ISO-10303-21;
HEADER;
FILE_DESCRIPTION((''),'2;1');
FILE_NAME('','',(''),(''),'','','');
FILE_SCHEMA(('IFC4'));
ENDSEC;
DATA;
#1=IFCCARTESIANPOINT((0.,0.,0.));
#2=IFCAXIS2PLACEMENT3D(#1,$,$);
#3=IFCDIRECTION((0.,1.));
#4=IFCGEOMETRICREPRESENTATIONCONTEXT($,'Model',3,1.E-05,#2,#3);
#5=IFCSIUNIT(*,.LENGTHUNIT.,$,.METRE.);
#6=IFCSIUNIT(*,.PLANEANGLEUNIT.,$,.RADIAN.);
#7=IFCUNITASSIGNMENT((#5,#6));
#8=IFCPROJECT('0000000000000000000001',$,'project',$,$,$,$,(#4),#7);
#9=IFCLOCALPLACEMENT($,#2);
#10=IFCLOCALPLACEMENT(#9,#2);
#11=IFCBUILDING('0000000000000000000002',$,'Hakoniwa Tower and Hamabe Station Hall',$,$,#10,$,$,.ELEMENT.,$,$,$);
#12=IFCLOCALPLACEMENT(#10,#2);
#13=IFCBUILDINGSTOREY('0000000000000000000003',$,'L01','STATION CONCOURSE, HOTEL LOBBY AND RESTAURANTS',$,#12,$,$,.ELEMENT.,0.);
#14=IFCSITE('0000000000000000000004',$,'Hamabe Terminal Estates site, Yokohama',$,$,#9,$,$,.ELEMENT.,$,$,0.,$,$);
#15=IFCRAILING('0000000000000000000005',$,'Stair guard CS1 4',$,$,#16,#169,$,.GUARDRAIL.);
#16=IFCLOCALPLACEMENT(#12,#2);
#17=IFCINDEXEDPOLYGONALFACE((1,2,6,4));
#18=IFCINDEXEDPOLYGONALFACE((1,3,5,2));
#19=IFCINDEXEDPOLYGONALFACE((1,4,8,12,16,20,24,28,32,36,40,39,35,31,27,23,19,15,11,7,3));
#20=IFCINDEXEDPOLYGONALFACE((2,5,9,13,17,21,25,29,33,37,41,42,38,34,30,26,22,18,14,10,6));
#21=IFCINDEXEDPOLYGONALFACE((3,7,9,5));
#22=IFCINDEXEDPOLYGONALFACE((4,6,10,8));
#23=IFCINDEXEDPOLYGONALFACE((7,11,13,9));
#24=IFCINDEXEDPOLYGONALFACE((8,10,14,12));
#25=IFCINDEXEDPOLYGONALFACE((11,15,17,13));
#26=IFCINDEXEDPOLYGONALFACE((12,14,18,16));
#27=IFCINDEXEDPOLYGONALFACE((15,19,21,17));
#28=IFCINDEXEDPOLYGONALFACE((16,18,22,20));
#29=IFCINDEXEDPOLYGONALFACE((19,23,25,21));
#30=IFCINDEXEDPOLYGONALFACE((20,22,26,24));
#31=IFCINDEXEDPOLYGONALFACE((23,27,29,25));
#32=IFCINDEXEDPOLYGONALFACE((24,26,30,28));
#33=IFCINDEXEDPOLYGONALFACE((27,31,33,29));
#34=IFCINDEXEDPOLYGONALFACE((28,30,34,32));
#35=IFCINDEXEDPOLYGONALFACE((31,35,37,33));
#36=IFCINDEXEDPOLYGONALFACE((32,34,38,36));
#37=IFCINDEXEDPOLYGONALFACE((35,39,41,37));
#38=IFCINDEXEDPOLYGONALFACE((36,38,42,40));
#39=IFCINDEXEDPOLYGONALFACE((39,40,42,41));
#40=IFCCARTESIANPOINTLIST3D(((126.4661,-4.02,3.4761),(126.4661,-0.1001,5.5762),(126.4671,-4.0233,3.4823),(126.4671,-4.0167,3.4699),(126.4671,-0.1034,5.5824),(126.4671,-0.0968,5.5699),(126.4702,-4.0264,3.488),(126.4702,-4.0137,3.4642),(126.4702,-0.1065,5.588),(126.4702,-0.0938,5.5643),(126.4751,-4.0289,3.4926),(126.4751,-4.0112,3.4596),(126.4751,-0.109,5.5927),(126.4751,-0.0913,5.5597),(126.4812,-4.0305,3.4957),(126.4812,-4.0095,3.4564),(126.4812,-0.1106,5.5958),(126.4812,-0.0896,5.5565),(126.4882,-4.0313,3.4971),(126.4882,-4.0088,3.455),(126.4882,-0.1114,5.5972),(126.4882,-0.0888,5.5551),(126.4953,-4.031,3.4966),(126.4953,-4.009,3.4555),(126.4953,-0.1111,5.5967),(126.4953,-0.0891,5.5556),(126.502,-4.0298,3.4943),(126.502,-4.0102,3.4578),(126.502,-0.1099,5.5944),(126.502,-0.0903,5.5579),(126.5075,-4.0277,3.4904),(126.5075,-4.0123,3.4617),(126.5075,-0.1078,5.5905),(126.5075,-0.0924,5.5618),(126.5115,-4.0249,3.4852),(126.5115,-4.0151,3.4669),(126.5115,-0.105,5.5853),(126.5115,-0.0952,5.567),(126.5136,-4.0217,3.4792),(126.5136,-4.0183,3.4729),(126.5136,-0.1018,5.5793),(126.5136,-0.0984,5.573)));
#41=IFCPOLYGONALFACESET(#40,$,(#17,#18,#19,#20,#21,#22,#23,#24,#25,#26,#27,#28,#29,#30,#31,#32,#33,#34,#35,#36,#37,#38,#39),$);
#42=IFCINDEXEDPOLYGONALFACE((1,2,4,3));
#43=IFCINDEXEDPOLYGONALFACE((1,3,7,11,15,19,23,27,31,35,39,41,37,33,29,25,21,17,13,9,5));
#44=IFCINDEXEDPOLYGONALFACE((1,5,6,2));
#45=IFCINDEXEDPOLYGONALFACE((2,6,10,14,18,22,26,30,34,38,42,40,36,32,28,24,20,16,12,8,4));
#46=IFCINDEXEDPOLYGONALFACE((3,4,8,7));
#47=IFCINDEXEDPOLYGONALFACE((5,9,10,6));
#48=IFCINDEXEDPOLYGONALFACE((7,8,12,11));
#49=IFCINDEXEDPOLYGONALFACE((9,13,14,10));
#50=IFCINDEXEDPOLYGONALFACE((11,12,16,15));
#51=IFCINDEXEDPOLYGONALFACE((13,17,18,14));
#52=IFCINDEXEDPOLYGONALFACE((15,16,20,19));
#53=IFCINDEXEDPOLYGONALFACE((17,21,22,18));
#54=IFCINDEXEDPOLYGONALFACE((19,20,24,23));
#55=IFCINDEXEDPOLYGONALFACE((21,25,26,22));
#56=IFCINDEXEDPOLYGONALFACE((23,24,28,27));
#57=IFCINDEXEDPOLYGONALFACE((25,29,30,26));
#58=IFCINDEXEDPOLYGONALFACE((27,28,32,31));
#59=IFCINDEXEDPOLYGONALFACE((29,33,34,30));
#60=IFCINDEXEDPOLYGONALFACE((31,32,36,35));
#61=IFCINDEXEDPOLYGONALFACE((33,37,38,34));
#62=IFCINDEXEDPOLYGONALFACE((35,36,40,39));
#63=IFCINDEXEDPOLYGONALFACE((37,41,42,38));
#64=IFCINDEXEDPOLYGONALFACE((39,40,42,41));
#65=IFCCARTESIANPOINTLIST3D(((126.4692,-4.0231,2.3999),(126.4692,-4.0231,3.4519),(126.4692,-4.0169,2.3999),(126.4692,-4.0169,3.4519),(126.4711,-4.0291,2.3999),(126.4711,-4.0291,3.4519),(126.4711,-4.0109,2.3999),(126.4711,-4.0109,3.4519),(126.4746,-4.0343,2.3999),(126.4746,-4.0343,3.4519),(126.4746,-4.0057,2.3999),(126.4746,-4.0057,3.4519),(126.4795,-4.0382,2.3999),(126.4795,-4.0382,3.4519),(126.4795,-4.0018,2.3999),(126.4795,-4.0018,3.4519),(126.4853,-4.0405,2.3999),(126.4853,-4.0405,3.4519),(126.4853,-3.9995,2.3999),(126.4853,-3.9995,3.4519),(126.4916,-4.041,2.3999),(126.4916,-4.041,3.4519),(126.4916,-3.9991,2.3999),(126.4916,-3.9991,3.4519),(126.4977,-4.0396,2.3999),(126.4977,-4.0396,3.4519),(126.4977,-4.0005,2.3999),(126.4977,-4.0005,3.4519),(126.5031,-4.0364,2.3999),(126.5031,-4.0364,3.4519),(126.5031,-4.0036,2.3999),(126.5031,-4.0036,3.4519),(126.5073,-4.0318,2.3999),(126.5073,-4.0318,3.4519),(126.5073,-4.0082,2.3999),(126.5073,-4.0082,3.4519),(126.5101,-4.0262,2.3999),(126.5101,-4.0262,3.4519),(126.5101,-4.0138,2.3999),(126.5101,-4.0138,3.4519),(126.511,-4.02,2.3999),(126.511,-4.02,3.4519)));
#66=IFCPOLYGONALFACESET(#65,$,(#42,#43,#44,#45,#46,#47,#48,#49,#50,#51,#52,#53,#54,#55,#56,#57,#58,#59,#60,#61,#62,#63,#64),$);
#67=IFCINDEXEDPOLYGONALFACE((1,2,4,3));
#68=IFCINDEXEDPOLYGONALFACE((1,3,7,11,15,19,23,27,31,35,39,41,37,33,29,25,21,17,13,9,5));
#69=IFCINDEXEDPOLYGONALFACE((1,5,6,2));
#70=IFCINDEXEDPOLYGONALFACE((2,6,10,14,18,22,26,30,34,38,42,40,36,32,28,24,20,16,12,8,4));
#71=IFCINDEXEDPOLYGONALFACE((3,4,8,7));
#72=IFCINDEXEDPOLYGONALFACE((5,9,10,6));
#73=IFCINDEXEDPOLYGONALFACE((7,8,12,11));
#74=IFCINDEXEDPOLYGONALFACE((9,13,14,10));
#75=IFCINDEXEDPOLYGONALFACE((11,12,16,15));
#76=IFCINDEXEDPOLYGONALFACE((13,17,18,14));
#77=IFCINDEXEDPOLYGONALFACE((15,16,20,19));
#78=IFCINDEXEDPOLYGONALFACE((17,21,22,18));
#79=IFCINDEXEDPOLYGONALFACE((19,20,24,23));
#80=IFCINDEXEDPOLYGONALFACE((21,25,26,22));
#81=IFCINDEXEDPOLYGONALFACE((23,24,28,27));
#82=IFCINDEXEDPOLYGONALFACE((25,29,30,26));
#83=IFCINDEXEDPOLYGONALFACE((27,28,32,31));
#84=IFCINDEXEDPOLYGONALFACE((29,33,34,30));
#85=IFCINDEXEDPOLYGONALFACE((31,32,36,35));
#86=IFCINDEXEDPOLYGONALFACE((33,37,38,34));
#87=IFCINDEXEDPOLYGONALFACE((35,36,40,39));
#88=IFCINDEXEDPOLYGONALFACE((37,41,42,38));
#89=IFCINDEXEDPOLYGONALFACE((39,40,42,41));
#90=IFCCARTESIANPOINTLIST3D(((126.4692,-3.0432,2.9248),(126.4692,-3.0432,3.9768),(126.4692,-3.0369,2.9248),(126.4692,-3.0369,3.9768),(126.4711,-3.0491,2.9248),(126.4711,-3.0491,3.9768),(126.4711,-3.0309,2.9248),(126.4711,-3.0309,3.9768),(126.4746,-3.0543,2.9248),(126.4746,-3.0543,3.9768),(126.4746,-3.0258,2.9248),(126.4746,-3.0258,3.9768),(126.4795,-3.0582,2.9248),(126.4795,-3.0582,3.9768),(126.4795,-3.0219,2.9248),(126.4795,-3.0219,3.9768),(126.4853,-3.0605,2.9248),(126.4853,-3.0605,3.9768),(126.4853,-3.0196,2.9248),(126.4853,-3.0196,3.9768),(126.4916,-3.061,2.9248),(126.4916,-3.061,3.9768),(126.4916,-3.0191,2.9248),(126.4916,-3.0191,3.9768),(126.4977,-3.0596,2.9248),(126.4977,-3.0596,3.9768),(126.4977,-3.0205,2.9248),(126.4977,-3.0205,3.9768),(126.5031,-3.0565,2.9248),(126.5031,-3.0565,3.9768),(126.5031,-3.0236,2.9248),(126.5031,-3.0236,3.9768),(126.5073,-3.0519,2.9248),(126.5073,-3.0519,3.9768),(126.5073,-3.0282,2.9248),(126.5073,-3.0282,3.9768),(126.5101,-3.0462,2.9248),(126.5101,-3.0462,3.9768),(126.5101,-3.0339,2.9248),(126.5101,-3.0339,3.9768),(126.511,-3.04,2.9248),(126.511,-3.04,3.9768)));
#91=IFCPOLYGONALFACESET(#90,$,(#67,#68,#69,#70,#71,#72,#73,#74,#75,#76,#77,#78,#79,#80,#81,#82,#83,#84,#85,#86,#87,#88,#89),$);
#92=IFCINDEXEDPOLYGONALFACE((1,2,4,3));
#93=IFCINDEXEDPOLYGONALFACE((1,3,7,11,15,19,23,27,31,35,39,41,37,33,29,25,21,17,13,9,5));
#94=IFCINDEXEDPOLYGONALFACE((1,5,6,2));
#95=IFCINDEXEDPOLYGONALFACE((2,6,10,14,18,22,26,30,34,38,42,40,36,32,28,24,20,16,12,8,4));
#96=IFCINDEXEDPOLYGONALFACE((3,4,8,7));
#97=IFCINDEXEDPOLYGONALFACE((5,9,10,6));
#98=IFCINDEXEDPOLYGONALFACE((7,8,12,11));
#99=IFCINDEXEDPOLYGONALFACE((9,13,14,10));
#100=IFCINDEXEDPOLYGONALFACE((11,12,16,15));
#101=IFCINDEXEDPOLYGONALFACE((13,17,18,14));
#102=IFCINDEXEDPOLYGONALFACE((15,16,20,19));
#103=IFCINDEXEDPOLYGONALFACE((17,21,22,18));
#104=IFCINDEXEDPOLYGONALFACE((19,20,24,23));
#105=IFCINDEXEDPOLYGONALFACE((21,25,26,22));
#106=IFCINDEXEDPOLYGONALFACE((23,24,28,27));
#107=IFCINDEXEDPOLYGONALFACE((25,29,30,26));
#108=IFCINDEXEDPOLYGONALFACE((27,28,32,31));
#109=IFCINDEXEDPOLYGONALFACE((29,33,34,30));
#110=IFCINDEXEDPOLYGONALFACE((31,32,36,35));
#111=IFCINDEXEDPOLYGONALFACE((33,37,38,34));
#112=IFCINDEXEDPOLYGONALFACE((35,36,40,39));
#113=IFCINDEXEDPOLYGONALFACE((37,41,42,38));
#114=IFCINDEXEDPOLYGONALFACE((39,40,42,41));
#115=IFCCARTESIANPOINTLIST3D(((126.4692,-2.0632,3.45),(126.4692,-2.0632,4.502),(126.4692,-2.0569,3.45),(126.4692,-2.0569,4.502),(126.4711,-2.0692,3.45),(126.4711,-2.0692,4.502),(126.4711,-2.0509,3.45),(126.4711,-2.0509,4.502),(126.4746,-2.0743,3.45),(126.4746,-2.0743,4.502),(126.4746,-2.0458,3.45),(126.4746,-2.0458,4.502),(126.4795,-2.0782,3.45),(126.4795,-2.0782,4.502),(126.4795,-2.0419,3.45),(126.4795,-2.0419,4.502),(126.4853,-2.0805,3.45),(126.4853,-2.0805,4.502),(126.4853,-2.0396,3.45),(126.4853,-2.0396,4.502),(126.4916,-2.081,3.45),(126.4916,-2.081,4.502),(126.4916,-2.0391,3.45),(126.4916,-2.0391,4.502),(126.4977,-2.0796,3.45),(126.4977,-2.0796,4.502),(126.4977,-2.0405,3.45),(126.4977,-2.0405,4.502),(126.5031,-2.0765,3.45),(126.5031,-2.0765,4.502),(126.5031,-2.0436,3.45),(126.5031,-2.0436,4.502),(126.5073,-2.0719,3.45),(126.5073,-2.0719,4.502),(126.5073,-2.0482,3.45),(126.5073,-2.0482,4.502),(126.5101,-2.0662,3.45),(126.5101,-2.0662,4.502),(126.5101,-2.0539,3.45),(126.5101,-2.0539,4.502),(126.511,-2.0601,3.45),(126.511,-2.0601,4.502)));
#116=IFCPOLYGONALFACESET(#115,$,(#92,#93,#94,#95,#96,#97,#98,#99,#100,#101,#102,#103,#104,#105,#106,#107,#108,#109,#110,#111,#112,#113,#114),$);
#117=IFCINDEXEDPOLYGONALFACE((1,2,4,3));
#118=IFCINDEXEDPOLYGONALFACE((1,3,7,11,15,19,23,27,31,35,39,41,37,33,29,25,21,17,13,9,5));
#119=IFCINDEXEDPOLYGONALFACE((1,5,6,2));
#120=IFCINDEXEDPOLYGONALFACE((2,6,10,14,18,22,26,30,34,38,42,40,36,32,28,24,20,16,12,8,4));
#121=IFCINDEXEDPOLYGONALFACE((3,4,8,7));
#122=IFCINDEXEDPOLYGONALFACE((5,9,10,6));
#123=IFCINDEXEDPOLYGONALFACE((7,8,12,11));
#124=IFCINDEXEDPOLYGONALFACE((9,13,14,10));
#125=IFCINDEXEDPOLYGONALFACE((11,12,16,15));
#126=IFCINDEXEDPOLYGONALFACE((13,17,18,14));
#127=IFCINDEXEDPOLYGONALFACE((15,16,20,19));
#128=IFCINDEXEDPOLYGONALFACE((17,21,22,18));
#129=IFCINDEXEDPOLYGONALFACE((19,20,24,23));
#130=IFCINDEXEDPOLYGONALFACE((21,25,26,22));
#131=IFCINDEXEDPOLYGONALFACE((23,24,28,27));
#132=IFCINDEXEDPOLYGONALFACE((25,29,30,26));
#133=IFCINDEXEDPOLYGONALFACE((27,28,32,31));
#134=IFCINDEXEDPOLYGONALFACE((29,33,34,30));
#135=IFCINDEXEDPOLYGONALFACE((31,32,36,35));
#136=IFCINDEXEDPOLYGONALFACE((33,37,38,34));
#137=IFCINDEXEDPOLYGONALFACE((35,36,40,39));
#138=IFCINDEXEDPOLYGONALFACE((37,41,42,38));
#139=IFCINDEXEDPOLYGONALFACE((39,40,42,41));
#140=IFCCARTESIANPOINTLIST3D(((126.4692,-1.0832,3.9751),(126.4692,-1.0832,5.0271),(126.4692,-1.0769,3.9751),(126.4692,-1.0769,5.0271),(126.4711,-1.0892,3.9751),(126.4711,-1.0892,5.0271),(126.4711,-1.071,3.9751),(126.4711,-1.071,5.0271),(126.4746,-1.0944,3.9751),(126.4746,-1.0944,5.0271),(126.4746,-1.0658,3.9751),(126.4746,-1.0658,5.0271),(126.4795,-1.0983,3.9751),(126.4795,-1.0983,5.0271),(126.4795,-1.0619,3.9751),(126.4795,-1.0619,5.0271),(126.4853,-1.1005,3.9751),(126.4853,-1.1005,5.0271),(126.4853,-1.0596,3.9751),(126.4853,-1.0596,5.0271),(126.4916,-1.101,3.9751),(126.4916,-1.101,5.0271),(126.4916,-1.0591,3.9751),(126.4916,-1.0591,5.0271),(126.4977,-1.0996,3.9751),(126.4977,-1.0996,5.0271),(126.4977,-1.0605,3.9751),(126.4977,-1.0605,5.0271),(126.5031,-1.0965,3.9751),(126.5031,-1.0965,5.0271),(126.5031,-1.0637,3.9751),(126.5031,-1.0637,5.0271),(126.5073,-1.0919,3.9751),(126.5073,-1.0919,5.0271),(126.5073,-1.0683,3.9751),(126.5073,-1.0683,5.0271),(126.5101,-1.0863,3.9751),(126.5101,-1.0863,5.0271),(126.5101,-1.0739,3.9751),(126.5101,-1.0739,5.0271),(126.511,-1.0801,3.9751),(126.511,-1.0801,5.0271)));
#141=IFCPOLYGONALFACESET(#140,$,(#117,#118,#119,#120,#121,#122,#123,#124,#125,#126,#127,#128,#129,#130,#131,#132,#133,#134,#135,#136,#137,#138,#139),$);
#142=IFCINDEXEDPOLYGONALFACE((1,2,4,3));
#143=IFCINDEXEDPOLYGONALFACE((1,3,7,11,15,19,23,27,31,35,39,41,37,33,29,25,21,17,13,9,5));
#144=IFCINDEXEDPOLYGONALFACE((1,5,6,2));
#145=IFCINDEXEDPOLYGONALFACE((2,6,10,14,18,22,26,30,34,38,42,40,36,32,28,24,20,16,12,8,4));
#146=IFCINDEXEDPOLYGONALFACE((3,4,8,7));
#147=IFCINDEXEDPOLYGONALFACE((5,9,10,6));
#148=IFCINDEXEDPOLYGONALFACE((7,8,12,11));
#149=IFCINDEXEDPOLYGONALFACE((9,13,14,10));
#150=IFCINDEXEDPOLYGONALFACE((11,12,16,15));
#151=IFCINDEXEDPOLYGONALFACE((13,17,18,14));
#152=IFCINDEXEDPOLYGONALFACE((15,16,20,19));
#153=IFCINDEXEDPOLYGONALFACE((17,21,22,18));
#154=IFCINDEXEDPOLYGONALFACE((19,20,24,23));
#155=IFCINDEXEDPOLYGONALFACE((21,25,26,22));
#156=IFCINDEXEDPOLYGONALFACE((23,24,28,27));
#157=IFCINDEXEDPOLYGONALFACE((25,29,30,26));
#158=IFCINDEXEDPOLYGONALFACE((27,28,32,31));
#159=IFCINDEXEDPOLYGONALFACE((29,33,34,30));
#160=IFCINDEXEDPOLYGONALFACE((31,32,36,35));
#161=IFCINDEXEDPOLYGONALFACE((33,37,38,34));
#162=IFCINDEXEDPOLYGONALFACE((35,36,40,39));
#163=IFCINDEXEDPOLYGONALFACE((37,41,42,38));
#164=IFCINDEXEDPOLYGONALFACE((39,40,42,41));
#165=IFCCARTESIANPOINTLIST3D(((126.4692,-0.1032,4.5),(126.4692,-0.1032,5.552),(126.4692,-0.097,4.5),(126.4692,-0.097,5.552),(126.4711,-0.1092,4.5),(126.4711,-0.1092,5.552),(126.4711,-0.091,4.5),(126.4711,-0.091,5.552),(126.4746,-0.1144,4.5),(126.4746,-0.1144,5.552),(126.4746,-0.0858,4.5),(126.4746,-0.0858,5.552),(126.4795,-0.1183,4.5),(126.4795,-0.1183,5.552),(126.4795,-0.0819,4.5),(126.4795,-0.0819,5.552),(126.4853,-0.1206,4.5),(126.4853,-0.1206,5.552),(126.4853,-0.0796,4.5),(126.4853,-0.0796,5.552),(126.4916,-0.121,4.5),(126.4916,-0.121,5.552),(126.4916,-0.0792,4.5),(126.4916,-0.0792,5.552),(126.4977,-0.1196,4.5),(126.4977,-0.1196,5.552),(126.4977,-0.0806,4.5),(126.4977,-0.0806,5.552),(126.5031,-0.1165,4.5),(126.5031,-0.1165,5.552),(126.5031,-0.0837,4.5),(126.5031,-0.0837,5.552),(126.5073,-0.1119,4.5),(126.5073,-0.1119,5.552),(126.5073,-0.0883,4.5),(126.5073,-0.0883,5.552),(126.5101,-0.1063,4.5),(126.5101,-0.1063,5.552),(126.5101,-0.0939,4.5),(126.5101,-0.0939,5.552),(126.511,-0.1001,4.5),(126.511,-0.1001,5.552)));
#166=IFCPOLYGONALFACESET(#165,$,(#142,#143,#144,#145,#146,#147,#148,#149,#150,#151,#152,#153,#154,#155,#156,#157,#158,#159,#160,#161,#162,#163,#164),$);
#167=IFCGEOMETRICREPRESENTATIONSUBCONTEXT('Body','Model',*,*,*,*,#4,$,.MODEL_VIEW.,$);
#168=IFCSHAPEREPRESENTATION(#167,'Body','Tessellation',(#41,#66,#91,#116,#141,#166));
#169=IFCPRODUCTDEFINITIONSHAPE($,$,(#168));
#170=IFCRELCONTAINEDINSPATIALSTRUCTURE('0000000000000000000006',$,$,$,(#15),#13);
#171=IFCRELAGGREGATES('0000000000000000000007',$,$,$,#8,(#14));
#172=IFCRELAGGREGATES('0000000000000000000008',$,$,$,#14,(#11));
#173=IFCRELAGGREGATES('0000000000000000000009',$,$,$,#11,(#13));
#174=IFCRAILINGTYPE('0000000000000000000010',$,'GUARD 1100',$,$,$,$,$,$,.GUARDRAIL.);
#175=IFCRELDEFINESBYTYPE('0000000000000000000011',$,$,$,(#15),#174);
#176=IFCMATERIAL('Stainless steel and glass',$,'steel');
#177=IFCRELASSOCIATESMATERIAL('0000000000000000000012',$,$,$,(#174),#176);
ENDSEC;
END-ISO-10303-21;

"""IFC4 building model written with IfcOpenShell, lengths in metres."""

from ifc_helpers import new_model, si_unit, direction, frame, origin, origin_2d, place, context, subcontext, project, spatial, circle, extrude, material, type_object, element, save


model = new_model("IFC4")

# Units and contexts
model_context = context("Model", 3, precision=1e-05, world=origin(), true_north=direction((0.0, 1.0)))
body_context = subcontext(model_context, "Body", "Model", "MODEL_VIEW")
ifc_project = project(units=[si_unit("LENGTHUNIT", "METRE"), si_unit("PLANEANGLEUNIT", "RADIAN")], contexts=[model_context])

# Site, building, storey
site_placement = place(None, origin())
site = spatial("IfcSite", under=ifc_project, at=site_placement, Name="Hamabe Terminal Estates site, Yokohama", CompositionType="ELEMENT", RefElevation=0.0)
building_placement = place(site_placement, origin())
building = spatial("IfcBuilding", under=site, at=building_placement, Name="Hakoniwa Tower and Hamabe Station Hall", CompositionType="ELEMENT")
storey_placement = place(building_placement, origin())
storey = spatial("IfcBuildingStorey", under=building, at=storey_placement, Name="L01", Description="STATION CONCOURSE, HOTEL LOBBY AND RESTAURANTS", CompositionType="ELEMENT", Elevation=0.0)

# Railing
ifc_material_1 = material(Name="Stainless steel and glass", Category="steel")
railing_type_1 = type_object("IfcRailingType", Name="GUARD 1100", PredefinedType="GUARDRAIL", material=ifc_material_1)
railing_1_placement = place(storey_placement, frame((126.49, -4.02, 2.3999)))
element("IfcRailing", 1, at=railing_1_placement, inside=storey, type_object=railing_type_1, Name="Stair guard CS1 4", PredefinedType="GUARDRAIL", context=body_context, shape_type="SweptSolid", body=[
    extrude(circle(Radius=0.0239, at=origin_2d()), frame((0.0, 0.0, 1.0762), z_axis=(0.0, 0.881467, 0.472246), x_axis=(-1.0, 0.0, 0.0)), (0.0, 0.0, 1.0), 4.447),
    extrude(circle(Radius=0.021, at=origin_2d()), origin(), (0.0, 0.0, 1.0), 1.052),
    extrude(circle(Radius=0.021, at=origin_2d()), frame((0.0, 0.98, 0.5249)), (0.0, 0.0, 1.0), 1.052),
    extrude(circle(Radius=0.021, at=origin_2d()), frame((0.0, 1.96, 1.05)), (0.0, 0.0, 1.0), 1.052),
    extrude(circle(Radius=0.021, at=origin_2d()), frame((0.0, 2.9399, 1.5752)), (0.0, 0.0, 1.0), 1.052),
    extrude(circle(Radius=0.021, at=origin_2d()), frame((0.0, 3.9199, 2.1001)), (0.0, 0.0, 1.0), 1.052),
])

save(model, "model.ifc")
